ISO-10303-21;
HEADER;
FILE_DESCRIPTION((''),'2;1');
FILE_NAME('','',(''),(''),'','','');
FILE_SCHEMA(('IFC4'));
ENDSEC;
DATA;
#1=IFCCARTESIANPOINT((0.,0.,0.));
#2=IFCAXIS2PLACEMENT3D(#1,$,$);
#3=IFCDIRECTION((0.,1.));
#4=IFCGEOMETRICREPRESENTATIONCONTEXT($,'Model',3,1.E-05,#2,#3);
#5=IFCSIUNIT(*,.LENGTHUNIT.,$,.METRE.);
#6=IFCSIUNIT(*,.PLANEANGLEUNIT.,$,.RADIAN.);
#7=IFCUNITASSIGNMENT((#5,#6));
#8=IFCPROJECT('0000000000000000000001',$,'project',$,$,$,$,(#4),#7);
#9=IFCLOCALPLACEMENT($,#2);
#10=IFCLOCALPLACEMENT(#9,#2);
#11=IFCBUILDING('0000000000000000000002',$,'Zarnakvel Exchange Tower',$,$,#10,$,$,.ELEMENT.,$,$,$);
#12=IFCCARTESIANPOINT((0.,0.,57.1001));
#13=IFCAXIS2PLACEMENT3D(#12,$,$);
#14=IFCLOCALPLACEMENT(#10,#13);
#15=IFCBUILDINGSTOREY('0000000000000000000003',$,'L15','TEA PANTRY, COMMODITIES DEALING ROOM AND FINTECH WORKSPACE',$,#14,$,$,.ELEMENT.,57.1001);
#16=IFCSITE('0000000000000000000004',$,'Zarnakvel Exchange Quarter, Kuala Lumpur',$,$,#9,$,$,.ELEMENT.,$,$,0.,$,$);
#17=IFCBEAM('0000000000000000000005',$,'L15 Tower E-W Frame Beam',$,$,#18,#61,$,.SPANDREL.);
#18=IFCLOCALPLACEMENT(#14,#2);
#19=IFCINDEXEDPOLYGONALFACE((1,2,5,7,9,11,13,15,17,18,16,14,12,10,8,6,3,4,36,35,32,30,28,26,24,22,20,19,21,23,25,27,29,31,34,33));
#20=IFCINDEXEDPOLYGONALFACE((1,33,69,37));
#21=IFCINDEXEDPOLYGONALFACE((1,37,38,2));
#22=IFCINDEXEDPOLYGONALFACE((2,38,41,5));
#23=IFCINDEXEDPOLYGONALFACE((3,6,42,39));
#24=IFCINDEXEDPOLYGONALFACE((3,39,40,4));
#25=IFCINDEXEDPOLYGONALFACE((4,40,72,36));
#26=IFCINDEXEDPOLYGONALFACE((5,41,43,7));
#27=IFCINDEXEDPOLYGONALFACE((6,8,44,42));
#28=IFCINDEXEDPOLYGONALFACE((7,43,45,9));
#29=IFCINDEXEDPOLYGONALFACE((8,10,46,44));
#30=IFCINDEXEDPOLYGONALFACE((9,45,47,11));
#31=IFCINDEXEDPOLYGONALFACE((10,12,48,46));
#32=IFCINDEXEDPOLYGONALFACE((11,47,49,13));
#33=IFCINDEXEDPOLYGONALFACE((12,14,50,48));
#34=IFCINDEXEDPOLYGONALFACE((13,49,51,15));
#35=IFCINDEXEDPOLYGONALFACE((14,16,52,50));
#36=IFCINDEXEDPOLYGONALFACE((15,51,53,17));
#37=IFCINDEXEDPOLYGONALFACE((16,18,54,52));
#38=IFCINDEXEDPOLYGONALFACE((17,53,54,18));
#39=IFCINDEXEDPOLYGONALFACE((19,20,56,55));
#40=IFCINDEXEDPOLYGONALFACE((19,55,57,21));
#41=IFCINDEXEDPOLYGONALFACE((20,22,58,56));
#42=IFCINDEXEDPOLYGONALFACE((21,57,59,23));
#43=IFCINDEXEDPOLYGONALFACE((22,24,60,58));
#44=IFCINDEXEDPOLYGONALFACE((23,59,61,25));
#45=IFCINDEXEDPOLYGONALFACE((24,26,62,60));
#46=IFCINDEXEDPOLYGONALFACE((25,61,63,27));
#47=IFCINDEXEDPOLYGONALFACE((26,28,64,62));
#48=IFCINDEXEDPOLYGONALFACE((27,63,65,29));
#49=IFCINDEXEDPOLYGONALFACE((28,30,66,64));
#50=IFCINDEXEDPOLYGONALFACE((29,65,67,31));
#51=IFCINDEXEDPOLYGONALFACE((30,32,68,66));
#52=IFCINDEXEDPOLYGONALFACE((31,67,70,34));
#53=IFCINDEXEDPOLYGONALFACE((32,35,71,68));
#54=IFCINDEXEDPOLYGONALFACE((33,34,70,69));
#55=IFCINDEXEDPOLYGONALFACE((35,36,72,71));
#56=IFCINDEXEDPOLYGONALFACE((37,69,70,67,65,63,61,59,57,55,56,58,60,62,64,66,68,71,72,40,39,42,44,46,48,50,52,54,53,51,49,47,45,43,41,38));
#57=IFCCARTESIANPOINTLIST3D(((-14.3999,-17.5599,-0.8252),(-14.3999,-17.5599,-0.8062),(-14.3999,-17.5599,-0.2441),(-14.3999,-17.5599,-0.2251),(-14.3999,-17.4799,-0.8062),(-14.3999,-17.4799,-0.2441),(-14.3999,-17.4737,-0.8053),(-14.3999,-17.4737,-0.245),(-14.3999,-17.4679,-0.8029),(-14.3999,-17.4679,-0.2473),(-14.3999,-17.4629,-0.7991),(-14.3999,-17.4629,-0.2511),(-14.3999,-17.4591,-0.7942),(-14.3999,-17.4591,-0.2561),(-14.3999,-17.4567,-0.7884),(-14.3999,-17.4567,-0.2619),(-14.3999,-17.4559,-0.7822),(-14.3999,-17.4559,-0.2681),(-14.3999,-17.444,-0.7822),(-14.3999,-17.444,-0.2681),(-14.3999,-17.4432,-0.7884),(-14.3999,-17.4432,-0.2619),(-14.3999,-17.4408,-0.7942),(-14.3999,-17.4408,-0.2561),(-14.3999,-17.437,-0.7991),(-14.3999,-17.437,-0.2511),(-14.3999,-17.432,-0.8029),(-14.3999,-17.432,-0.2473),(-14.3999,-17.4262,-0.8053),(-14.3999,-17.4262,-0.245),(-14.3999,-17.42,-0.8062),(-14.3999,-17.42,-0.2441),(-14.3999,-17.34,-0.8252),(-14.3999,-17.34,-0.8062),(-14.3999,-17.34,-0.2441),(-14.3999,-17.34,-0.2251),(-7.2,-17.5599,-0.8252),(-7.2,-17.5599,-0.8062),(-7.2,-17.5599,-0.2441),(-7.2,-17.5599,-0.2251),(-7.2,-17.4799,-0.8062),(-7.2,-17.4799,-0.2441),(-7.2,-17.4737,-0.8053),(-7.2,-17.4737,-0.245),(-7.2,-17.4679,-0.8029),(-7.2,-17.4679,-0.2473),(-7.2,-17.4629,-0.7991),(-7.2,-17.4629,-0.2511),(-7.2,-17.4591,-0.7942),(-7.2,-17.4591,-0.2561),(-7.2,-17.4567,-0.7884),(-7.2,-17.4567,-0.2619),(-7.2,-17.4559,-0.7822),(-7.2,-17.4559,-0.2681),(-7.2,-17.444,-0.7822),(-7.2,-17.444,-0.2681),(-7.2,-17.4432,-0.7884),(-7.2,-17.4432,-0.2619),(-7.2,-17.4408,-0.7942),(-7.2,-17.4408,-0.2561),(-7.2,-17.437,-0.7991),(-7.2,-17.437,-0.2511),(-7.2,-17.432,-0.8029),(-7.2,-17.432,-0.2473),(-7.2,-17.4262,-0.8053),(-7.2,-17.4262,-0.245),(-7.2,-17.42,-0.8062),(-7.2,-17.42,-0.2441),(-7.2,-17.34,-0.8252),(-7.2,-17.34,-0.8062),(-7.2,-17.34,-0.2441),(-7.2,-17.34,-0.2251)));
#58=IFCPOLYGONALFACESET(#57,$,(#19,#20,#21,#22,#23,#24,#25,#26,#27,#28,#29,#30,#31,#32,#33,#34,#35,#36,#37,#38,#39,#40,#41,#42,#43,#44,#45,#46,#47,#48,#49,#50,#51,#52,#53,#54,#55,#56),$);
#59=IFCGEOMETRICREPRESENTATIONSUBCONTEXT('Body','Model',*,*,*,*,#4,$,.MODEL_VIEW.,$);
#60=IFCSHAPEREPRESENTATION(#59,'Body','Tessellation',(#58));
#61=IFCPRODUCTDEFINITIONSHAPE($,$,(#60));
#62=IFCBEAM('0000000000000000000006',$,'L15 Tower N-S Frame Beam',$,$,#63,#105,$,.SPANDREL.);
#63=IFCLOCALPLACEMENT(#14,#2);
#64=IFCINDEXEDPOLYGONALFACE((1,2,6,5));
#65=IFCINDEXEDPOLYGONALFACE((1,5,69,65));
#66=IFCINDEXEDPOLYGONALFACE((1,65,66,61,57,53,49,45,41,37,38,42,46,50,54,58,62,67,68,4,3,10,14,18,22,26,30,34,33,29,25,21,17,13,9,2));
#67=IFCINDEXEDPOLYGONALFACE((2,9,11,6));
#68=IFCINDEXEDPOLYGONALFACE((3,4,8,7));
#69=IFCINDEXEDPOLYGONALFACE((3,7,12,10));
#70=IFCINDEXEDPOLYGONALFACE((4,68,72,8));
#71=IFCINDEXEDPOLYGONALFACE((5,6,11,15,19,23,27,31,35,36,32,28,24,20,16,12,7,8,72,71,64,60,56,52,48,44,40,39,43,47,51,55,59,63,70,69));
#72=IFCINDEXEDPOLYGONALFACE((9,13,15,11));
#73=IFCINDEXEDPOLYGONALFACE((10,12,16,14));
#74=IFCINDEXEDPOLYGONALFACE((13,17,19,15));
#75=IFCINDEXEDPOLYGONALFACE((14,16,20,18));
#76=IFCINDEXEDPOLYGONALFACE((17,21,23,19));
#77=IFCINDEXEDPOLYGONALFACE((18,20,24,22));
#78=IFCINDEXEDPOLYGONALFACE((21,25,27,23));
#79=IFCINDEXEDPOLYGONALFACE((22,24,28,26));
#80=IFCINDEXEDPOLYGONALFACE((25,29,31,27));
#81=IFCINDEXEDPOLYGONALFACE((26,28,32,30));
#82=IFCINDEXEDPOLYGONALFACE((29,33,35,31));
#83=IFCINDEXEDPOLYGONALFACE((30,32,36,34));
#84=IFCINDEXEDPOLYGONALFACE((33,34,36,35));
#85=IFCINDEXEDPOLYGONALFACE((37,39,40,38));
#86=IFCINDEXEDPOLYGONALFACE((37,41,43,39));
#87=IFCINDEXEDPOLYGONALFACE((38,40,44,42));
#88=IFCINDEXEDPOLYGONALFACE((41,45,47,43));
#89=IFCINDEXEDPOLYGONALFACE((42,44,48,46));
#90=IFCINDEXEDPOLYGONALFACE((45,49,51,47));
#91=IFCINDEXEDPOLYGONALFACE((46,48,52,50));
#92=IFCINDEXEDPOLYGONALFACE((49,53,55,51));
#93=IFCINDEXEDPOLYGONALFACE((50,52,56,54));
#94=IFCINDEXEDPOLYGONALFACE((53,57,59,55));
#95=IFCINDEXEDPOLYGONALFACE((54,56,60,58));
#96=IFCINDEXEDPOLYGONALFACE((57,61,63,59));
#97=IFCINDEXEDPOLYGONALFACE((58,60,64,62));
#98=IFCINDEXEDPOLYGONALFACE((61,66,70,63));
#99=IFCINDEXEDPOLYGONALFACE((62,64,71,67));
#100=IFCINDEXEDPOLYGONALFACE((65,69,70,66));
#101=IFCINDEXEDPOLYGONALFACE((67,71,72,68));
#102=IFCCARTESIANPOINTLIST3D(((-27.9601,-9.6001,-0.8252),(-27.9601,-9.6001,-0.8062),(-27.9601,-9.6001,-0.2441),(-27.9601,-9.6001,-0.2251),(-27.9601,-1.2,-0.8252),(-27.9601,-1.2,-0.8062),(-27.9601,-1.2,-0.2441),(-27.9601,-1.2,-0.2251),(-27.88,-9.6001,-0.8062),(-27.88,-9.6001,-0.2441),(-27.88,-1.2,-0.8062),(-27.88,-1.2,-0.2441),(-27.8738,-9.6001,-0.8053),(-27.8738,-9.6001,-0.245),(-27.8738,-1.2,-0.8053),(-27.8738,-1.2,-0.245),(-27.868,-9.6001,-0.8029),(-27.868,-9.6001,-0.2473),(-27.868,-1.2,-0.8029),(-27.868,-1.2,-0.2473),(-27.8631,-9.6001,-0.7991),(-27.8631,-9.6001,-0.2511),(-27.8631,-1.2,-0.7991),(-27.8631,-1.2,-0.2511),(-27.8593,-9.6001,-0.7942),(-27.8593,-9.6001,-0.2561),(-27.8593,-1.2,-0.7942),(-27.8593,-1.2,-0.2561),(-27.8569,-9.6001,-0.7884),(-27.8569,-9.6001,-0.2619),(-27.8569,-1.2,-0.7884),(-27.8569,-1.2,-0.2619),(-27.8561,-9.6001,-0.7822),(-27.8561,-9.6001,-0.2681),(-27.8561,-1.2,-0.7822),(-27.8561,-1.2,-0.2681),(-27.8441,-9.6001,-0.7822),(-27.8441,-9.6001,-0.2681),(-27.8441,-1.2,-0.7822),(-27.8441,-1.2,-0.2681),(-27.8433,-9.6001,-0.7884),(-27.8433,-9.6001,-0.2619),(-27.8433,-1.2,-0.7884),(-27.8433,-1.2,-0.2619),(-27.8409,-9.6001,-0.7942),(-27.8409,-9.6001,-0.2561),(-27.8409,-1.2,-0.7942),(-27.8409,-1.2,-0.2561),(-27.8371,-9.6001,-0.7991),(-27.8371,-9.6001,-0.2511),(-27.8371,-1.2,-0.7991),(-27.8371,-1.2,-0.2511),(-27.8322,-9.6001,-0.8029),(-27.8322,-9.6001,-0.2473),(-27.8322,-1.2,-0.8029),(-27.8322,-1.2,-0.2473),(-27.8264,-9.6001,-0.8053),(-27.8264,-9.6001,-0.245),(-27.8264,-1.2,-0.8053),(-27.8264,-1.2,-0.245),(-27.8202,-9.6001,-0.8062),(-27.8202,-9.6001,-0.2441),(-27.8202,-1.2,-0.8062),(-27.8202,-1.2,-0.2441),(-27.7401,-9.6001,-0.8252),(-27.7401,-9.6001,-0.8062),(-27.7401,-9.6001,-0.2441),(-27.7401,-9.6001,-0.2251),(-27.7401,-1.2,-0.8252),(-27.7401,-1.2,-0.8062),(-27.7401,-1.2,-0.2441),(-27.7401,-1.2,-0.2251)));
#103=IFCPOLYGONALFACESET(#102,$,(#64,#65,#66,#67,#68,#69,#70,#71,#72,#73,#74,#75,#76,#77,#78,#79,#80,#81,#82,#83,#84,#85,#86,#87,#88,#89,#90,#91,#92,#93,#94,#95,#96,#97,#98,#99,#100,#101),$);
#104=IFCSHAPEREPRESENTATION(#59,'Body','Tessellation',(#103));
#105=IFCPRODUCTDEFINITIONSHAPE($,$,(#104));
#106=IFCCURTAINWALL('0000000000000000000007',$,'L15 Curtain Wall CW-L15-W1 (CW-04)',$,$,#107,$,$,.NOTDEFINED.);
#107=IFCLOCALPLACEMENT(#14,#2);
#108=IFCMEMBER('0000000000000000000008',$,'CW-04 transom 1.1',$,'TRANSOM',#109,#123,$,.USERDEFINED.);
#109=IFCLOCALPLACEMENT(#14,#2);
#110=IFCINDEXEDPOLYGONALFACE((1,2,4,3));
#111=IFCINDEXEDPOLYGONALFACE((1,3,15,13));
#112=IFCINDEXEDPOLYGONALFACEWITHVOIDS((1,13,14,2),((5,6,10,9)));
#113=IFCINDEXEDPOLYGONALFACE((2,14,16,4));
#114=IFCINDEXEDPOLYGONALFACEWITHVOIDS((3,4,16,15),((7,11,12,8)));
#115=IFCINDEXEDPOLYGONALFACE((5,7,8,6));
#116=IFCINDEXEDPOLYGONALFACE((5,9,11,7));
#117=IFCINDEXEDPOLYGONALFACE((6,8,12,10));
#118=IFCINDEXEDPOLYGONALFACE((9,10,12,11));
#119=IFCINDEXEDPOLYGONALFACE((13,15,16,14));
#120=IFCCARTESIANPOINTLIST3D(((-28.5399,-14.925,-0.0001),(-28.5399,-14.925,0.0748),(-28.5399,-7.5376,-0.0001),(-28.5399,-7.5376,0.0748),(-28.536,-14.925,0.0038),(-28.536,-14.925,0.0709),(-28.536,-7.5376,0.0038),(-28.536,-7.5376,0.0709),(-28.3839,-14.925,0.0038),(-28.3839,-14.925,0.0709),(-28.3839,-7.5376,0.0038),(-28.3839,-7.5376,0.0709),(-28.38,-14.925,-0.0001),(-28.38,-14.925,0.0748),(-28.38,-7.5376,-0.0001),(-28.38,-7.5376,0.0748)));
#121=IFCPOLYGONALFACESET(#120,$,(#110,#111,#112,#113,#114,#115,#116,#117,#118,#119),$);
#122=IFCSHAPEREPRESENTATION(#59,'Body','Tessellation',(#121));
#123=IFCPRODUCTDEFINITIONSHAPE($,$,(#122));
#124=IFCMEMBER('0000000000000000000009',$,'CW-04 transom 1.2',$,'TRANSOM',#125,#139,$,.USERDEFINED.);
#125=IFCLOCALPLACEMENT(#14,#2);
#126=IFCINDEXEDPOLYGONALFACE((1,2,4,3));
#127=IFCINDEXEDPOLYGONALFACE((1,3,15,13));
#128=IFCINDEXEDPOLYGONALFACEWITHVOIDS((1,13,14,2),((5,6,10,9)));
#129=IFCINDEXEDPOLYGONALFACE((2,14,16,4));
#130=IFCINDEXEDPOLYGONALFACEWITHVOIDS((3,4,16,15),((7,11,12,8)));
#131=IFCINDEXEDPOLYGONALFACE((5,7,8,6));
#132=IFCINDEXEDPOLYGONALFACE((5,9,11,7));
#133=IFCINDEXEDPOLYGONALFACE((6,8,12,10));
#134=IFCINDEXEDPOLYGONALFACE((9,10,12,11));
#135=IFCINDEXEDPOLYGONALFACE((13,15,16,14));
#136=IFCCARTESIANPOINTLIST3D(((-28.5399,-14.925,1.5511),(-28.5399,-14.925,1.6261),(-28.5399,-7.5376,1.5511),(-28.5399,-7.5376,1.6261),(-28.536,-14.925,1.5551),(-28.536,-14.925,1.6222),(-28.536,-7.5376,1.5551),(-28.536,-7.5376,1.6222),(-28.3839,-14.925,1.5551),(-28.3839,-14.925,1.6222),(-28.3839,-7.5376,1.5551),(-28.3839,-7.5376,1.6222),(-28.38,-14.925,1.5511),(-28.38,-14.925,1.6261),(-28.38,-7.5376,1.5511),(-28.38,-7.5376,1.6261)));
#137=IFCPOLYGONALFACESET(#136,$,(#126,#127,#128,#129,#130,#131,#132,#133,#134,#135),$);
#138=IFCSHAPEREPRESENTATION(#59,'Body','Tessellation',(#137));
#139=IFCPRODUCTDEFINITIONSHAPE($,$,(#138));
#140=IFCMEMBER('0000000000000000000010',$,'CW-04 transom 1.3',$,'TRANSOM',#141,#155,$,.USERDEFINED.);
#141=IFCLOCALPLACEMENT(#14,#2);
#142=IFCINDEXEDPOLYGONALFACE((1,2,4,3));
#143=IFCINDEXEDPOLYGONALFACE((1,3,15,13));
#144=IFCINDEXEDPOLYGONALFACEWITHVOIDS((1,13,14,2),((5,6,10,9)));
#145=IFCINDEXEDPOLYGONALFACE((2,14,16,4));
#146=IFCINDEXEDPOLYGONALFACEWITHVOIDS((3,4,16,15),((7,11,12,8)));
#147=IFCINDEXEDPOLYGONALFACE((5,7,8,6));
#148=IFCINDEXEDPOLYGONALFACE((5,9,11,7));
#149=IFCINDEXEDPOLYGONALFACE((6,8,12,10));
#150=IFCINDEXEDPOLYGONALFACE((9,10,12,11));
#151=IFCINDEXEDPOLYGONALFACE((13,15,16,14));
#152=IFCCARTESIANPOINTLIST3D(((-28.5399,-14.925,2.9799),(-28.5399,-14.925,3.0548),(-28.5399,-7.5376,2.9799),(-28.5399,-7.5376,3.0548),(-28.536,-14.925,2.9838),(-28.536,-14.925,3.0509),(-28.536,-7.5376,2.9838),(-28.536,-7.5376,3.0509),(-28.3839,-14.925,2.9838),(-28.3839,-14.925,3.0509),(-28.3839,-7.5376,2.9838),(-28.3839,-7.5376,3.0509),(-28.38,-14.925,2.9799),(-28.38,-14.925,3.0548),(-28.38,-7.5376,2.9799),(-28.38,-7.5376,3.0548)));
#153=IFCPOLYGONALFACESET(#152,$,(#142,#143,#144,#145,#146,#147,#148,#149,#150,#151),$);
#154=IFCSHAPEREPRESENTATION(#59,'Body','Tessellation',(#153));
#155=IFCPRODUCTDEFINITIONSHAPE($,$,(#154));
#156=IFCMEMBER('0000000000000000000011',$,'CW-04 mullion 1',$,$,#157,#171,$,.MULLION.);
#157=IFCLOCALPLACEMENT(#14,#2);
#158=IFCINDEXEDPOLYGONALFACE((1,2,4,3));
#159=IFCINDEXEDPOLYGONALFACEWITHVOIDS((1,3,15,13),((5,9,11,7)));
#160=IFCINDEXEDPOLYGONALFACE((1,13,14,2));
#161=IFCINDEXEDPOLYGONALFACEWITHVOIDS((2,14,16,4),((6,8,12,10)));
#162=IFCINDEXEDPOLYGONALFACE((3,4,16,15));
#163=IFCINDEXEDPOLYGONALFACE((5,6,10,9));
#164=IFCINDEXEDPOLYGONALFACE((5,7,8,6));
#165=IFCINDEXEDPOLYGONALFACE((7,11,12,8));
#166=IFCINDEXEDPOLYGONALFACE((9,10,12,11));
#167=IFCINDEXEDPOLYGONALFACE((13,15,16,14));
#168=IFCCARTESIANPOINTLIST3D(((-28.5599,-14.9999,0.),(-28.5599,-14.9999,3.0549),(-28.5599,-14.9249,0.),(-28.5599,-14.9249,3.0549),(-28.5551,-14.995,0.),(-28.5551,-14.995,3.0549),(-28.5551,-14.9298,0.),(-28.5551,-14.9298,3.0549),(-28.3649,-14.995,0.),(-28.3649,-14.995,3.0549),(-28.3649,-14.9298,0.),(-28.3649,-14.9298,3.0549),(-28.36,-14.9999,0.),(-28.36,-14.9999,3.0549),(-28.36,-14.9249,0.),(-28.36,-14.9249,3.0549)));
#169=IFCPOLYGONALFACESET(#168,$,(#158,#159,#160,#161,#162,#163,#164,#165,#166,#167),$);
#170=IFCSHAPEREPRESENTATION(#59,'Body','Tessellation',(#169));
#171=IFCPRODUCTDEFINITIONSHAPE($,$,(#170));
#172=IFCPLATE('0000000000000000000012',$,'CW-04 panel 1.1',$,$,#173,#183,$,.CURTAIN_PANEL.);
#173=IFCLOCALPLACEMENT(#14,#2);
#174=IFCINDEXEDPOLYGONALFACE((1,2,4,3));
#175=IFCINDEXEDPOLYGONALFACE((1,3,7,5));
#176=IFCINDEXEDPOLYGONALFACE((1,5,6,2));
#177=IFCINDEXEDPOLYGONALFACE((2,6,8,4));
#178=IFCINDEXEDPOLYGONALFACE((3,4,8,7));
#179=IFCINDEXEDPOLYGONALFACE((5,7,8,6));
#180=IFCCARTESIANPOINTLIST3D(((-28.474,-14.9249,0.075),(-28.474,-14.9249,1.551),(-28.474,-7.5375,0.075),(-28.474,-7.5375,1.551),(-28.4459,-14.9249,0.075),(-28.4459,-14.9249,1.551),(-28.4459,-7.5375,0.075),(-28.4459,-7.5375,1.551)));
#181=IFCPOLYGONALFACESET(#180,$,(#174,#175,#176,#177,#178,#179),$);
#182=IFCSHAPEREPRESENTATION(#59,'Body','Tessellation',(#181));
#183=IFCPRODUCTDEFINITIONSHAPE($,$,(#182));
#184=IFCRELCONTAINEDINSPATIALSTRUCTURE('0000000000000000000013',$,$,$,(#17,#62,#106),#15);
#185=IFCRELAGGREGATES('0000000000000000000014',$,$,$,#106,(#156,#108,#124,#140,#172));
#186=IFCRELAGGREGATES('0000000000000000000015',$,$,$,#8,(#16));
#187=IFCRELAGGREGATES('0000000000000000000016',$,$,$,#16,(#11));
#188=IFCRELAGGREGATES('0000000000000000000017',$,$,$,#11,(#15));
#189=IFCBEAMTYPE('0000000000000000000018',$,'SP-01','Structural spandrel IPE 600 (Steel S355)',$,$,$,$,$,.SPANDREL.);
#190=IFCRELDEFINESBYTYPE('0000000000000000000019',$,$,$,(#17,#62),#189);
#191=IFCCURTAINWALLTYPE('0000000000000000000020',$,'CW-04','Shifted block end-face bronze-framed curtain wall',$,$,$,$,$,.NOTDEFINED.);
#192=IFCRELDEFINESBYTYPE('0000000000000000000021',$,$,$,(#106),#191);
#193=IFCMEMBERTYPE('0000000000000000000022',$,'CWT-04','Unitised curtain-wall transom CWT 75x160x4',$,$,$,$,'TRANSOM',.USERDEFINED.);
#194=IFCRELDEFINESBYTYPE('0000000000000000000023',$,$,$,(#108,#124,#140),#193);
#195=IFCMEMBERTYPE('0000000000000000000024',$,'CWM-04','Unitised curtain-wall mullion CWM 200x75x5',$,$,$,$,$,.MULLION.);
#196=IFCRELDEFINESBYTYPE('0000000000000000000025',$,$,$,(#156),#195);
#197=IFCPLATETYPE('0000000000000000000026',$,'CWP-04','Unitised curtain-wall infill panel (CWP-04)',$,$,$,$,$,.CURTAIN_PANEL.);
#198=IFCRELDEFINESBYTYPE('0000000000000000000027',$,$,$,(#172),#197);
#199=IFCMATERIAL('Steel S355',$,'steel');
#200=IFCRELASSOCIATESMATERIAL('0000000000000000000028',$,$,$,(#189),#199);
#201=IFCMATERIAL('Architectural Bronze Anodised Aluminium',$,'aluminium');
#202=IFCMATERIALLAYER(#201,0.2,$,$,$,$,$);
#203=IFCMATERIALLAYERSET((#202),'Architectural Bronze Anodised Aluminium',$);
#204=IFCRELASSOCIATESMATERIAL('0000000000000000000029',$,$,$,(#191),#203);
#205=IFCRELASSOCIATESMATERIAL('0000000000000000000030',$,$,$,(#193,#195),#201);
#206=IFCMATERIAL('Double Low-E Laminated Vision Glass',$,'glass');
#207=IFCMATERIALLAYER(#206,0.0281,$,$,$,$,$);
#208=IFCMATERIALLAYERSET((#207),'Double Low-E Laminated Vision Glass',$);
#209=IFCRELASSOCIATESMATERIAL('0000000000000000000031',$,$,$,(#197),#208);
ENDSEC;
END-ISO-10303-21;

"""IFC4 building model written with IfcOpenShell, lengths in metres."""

from ifc_helpers import new_model, si_unit, direction, frame, origin, origin_2d, place, context, subcontext, project, spatial, rectangle, hollow_rectangle, i_section, extrude, source, transform, mapped, material, layer, layer_set, material_profile, profile_set, type_object, element, aggregate, save


model = new_model("IFC4")

# Units and contexts
model_context = context("Model", 3, precision=1e-05, world=origin(), true_north=direction((0.0, 1.0)))
body_context = subcontext(model_context, "Body", "Model", "MODEL_VIEW")
ifc_project = project(units=[si_unit("LENGTHUNIT", "METRE"), si_unit("PLANEANGLEUNIT", "RADIAN")], contexts=[model_context])

# Site, building, storey
site_placement = place(None, origin())
site = spatial("IfcSite", under=ifc_project, at=site_placement, Name="Zarnakvel Exchange Quarter, Kuala Lumpur", CompositionType="ELEMENT", RefElevation=0.0)
building_placement = place(site_placement, origin())
building = spatial("IfcBuilding", under=site, at=building_placement, Name="Zarnakvel Exchange Tower", CompositionType="ELEMENT")
storey_placement = place(building_placement, frame((0.0, 0.0, 57.1001)))
storey = spatial("IfcBuildingStorey", under=building, at=storey_placement, Name="L15", Description="TEA PANTRY, COMMODITIES DEALING ROOM AND FINTECH WORKSPACE", CompositionType="ELEMENT", Elevation=57.1001)

# Shared definitions
ifc_material_1 = material(Name="Steel S355", Category="steel")

# Beams
ifc_material_profile_1 = material_profile(ifc_material_1, i_section(OverallWidth=0.22, OverallDepth=0.6001, WebThickness=0.012, FlangeThickness=0.019, FilletRadius=0.0239, at=origin_2d()))
ifc_profile_set_1 = profile_set([ifc_material_profile_1], Name="Steel S355")
beam_type_1 = type_object("IfcBeamType", Name="SP-01", Description="Structural spandrel IPE 600 (Steel S355)", PredefinedType="SPANDREL", material=ifc_profile_set_1)
beam_1_placement = place(storey_placement, frame((-14.3999, -17.45, -0.5251), z_axis=(1.0, 0.0, 0.0), x_axis=(0.0, 1.0, 0.0)))
element("IfcBeam", 1, at=beam_1_placement, inside=storey, type_object=beam_type_1, Name="L15 Tower E-W Frame Beam", PredefinedType="SPANDREL", context=body_context, shape_type="SweptSolid", body=[
    extrude(i_section(OverallWidth=0.22, OverallDepth=0.6001, WebThickness=0.012, FlangeThickness=0.019, FilletRadius=0.0239, at=origin_2d()), origin(), (0.0, 0.0, 1.0), 7.2),
])
beam_2_placement = place(storey_placement, frame((-27.8501, -9.6001, -0.5251), z_axis=(0.0, 1.0, 0.0), x_axis=(-1.0, 0.0, 0.0)))
element("IfcBeam", 2, at=beam_2_placement, inside=storey, type_object=beam_type_1, Name="L15 Tower N-S Frame Beam", PredefinedType="SPANDREL", context=body_context, shape_type="SweptSolid", body=[
    extrude(i_section(OverallWidth=0.22, OverallDepth=0.6001, WebThickness=0.012, FlangeThickness=0.019, FilletRadius=0.0239, at=origin_2d()), origin(), (0.0, 0.0, 1.0), 8.4001),
])

# Curtain wall, members, plate
ifc_material_2 = material(Name="Architectural Bronze Anodised Aluminium", Category="aluminium")
ifc_layer_1 = layer(ifc_material_2, 0.2)
ifc_layer_set_1 = layer_set([ifc_layer_1], Name="Architectural Bronze Anodised Aluminium")
curtain_wall_type = type_object("IfcCurtainWallType", Name="CW-04", Description="Shifted block end-face bronze-framed curtain wall", PredefinedType="NOTDEFINED", material=ifc_layer_set_1)
curtain_wall_placement = place(storey_placement, origin())
curtain_wall = element("IfcCurtainWall", 3, at=curtain_wall_placement, inside=storey, type_object=curtain_wall_type, Name="L15 Curtain Wall CW-L15-W1 (CW-04)", PredefinedType="NOTDEFINED")
ifc_material_profile_2 = material_profile(ifc_material_2, hollow_rectangle(XDim=0.1599, YDim=0.075, WallThickness=0.0039, at=origin_2d()))
ifc_profile_set_2 = profile_set([ifc_material_profile_2], Name="Architectural Bronze Anodised Aluminium")
member_type_1 = type_object("IfcMemberType", Name="CWT-04", Description="Unitised curtain-wall transom CWT 75x160x4", ElementType="TRANSOM", PredefinedType="USERDEFINED", material=ifc_profile_set_2)
shared_shape_1 = source(origin(), body_context, "Body", "SweptSolid", [
    extrude(hollow_rectangle(XDim=0.1599, YDim=0.075, WallThickness=0.0039, at=origin_2d()), origin(), (0.0, 0.0, 1.0), 7.3875),
])
member_1_placement = place(storey_placement, frame((-28.46, -14.925, 0.0374), z_axis=(0.0, 1.0, 0.0), x_axis=(-1.0, 0.0, 0.0)))
member_1 = element("IfcMember", 4, at=member_1_placement, type_object=member_type_1, Name="CW-04 transom 1.1", ObjectType="TRANSOM", PredefinedType="USERDEFINED", context=body_context, shape_type="MappedRepresentation", body=[
    mapped(shared_shape_1, transform((0.0, 0.0, 0.0), x_axis=(1.0, 0.0, 0.0), y_axis=(0.0, 1.0, 0.0), z_axis=(0.0, 0.0, 1.0), scale=1.0)),
])
member_2_placement = place(storey_placement, frame((-28.46, -14.925, 1.5886), z_axis=(0.0, 1.0, 0.0), x_axis=(-1.0, 0.0, 0.0)))
member_2 = element("IfcMember", 5, at=member_2_placement, type_object=member_type_1, Name="CW-04 transom 1.2", ObjectType="TRANSOM", PredefinedType="USERDEFINED", context=body_context, shape_type="MappedRepresentation", body=[
    mapped(shared_shape_1, transform((0.0, 0.0, 0.0), x_axis=(1.0, 0.0, 0.0), y_axis=(0.0, 1.0, 0.0), z_axis=(0.0, 0.0, 1.0), scale=1.0)),
])
member_3_placement = place(storey_placement, frame((-28.46, -14.925, 3.0173), z_axis=(0.0, 1.0, 0.0), x_axis=(-1.0, 0.0, 0.0)))
member_3 = element("IfcMember", 6, at=member_3_placement, type_object=member_type_1, Name="CW-04 transom 1.3", ObjectType="TRANSOM", PredefinedType="USERDEFINED", context=body_context, shape_type="MappedRepresentation", body=[
    mapped(shared_shape_1, transform((0.0, 0.0, 0.0), x_axis=(1.0, 0.0, 0.0), y_axis=(0.0, 1.0, 0.0), z_axis=(0.0, 0.0, 1.0), scale=1.0)),
])
ifc_material_profile_3 = material_profile(ifc_material_2, hollow_rectangle(XDim=0.2, YDim=0.075, WallThickness=0.0049, at=origin_2d()))
ifc_profile_set_3 = profile_set([ifc_material_profile_3], Name="Architectural Bronze Anodised Aluminium")
member_type_2 = type_object("IfcMemberType", Name="CWM-04", Description="Unitised curtain-wall mullion CWM 200x75x5", PredefinedType="MULLION", material=ifc_profile_set_3)
shared_shape_2 = source(origin(), body_context, "Body", "SweptSolid", [
    extrude(hollow_rectangle(XDim=0.2, YDim=0.075, WallThickness=0.0049, at=origin_2d()), origin(), (0.0, 0.0, 1.0), 3.0549),
])
member_4_placement = place(storey_placement, frame((-28.46, -14.9624, 0.0), z_axis=(0.0, 0.0, 1.0), x_axis=(-1.0, 0.0, 0.0)))
member_4 = element("IfcMember", 7, at=member_4_placement, type_object=member_type_2, Name="CW-04 mullion 1", PredefinedType="MULLION", context=body_context, shape_type="MappedRepresentation", body=[
    mapped(shared_shape_2, transform((0.0, 0.0, 0.0), x_axis=(1.0, 0.0, 0.0), y_axis=(0.0, 1.0, 0.0), z_axis=(0.0, 0.0, 1.0), scale=1.0)),
])
ifc_material_3 = material(Name="Double Low-E Laminated Vision Glass", Category="glass")
ifc_layer_2 = layer(ifc_material_3, 0.0281)
ifc_layer_set_2 = layer_set([ifc_layer_2], Name="Double Low-E Laminated Vision Glass")
plate_type = type_object("IfcPlateType", Name="CWP-04", Description="Unitised curtain-wall infill panel (CWP-04)", PredefinedType="CURTAIN_PANEL", material=ifc_layer_set_2)
shared_shape_3 = source(origin(), body_context, "Body", "SweptSolid", [
    extrude(rectangle(XDim=7.3875, YDim=0.0281, at=origin_2d()), origin(), (0.0, 0.0, 1.0), 1.4761),
])
plate_1_placement = place(storey_placement, frame((-28.46, -11.2312, 0.075), z_axis=(0.0, 0.0, 1.0), x_axis=(0.0, 1.0, 0.0)))
plate_1 = element("IfcPlate", 8, at=plate_1_placement, type_object=plate_type, Name="CW-04 panel 1.1", PredefinedType="CURTAIN_PANEL", context=body_context, shape_type="MappedRepresentation", body=[
    mapped(shared_shape_3, transform((0.0, 0.0, 0.0), x_axis=(1.0, 0.0, 0.0), y_axis=(0.0, 1.0, 0.0), z_axis=(0.0, 0.0, 1.0), scale=1.0)),
])
aggregate(curtain_wall, [member_4, member_1, member_2, member_3, plate_1])

save(model, "model.ifc")
